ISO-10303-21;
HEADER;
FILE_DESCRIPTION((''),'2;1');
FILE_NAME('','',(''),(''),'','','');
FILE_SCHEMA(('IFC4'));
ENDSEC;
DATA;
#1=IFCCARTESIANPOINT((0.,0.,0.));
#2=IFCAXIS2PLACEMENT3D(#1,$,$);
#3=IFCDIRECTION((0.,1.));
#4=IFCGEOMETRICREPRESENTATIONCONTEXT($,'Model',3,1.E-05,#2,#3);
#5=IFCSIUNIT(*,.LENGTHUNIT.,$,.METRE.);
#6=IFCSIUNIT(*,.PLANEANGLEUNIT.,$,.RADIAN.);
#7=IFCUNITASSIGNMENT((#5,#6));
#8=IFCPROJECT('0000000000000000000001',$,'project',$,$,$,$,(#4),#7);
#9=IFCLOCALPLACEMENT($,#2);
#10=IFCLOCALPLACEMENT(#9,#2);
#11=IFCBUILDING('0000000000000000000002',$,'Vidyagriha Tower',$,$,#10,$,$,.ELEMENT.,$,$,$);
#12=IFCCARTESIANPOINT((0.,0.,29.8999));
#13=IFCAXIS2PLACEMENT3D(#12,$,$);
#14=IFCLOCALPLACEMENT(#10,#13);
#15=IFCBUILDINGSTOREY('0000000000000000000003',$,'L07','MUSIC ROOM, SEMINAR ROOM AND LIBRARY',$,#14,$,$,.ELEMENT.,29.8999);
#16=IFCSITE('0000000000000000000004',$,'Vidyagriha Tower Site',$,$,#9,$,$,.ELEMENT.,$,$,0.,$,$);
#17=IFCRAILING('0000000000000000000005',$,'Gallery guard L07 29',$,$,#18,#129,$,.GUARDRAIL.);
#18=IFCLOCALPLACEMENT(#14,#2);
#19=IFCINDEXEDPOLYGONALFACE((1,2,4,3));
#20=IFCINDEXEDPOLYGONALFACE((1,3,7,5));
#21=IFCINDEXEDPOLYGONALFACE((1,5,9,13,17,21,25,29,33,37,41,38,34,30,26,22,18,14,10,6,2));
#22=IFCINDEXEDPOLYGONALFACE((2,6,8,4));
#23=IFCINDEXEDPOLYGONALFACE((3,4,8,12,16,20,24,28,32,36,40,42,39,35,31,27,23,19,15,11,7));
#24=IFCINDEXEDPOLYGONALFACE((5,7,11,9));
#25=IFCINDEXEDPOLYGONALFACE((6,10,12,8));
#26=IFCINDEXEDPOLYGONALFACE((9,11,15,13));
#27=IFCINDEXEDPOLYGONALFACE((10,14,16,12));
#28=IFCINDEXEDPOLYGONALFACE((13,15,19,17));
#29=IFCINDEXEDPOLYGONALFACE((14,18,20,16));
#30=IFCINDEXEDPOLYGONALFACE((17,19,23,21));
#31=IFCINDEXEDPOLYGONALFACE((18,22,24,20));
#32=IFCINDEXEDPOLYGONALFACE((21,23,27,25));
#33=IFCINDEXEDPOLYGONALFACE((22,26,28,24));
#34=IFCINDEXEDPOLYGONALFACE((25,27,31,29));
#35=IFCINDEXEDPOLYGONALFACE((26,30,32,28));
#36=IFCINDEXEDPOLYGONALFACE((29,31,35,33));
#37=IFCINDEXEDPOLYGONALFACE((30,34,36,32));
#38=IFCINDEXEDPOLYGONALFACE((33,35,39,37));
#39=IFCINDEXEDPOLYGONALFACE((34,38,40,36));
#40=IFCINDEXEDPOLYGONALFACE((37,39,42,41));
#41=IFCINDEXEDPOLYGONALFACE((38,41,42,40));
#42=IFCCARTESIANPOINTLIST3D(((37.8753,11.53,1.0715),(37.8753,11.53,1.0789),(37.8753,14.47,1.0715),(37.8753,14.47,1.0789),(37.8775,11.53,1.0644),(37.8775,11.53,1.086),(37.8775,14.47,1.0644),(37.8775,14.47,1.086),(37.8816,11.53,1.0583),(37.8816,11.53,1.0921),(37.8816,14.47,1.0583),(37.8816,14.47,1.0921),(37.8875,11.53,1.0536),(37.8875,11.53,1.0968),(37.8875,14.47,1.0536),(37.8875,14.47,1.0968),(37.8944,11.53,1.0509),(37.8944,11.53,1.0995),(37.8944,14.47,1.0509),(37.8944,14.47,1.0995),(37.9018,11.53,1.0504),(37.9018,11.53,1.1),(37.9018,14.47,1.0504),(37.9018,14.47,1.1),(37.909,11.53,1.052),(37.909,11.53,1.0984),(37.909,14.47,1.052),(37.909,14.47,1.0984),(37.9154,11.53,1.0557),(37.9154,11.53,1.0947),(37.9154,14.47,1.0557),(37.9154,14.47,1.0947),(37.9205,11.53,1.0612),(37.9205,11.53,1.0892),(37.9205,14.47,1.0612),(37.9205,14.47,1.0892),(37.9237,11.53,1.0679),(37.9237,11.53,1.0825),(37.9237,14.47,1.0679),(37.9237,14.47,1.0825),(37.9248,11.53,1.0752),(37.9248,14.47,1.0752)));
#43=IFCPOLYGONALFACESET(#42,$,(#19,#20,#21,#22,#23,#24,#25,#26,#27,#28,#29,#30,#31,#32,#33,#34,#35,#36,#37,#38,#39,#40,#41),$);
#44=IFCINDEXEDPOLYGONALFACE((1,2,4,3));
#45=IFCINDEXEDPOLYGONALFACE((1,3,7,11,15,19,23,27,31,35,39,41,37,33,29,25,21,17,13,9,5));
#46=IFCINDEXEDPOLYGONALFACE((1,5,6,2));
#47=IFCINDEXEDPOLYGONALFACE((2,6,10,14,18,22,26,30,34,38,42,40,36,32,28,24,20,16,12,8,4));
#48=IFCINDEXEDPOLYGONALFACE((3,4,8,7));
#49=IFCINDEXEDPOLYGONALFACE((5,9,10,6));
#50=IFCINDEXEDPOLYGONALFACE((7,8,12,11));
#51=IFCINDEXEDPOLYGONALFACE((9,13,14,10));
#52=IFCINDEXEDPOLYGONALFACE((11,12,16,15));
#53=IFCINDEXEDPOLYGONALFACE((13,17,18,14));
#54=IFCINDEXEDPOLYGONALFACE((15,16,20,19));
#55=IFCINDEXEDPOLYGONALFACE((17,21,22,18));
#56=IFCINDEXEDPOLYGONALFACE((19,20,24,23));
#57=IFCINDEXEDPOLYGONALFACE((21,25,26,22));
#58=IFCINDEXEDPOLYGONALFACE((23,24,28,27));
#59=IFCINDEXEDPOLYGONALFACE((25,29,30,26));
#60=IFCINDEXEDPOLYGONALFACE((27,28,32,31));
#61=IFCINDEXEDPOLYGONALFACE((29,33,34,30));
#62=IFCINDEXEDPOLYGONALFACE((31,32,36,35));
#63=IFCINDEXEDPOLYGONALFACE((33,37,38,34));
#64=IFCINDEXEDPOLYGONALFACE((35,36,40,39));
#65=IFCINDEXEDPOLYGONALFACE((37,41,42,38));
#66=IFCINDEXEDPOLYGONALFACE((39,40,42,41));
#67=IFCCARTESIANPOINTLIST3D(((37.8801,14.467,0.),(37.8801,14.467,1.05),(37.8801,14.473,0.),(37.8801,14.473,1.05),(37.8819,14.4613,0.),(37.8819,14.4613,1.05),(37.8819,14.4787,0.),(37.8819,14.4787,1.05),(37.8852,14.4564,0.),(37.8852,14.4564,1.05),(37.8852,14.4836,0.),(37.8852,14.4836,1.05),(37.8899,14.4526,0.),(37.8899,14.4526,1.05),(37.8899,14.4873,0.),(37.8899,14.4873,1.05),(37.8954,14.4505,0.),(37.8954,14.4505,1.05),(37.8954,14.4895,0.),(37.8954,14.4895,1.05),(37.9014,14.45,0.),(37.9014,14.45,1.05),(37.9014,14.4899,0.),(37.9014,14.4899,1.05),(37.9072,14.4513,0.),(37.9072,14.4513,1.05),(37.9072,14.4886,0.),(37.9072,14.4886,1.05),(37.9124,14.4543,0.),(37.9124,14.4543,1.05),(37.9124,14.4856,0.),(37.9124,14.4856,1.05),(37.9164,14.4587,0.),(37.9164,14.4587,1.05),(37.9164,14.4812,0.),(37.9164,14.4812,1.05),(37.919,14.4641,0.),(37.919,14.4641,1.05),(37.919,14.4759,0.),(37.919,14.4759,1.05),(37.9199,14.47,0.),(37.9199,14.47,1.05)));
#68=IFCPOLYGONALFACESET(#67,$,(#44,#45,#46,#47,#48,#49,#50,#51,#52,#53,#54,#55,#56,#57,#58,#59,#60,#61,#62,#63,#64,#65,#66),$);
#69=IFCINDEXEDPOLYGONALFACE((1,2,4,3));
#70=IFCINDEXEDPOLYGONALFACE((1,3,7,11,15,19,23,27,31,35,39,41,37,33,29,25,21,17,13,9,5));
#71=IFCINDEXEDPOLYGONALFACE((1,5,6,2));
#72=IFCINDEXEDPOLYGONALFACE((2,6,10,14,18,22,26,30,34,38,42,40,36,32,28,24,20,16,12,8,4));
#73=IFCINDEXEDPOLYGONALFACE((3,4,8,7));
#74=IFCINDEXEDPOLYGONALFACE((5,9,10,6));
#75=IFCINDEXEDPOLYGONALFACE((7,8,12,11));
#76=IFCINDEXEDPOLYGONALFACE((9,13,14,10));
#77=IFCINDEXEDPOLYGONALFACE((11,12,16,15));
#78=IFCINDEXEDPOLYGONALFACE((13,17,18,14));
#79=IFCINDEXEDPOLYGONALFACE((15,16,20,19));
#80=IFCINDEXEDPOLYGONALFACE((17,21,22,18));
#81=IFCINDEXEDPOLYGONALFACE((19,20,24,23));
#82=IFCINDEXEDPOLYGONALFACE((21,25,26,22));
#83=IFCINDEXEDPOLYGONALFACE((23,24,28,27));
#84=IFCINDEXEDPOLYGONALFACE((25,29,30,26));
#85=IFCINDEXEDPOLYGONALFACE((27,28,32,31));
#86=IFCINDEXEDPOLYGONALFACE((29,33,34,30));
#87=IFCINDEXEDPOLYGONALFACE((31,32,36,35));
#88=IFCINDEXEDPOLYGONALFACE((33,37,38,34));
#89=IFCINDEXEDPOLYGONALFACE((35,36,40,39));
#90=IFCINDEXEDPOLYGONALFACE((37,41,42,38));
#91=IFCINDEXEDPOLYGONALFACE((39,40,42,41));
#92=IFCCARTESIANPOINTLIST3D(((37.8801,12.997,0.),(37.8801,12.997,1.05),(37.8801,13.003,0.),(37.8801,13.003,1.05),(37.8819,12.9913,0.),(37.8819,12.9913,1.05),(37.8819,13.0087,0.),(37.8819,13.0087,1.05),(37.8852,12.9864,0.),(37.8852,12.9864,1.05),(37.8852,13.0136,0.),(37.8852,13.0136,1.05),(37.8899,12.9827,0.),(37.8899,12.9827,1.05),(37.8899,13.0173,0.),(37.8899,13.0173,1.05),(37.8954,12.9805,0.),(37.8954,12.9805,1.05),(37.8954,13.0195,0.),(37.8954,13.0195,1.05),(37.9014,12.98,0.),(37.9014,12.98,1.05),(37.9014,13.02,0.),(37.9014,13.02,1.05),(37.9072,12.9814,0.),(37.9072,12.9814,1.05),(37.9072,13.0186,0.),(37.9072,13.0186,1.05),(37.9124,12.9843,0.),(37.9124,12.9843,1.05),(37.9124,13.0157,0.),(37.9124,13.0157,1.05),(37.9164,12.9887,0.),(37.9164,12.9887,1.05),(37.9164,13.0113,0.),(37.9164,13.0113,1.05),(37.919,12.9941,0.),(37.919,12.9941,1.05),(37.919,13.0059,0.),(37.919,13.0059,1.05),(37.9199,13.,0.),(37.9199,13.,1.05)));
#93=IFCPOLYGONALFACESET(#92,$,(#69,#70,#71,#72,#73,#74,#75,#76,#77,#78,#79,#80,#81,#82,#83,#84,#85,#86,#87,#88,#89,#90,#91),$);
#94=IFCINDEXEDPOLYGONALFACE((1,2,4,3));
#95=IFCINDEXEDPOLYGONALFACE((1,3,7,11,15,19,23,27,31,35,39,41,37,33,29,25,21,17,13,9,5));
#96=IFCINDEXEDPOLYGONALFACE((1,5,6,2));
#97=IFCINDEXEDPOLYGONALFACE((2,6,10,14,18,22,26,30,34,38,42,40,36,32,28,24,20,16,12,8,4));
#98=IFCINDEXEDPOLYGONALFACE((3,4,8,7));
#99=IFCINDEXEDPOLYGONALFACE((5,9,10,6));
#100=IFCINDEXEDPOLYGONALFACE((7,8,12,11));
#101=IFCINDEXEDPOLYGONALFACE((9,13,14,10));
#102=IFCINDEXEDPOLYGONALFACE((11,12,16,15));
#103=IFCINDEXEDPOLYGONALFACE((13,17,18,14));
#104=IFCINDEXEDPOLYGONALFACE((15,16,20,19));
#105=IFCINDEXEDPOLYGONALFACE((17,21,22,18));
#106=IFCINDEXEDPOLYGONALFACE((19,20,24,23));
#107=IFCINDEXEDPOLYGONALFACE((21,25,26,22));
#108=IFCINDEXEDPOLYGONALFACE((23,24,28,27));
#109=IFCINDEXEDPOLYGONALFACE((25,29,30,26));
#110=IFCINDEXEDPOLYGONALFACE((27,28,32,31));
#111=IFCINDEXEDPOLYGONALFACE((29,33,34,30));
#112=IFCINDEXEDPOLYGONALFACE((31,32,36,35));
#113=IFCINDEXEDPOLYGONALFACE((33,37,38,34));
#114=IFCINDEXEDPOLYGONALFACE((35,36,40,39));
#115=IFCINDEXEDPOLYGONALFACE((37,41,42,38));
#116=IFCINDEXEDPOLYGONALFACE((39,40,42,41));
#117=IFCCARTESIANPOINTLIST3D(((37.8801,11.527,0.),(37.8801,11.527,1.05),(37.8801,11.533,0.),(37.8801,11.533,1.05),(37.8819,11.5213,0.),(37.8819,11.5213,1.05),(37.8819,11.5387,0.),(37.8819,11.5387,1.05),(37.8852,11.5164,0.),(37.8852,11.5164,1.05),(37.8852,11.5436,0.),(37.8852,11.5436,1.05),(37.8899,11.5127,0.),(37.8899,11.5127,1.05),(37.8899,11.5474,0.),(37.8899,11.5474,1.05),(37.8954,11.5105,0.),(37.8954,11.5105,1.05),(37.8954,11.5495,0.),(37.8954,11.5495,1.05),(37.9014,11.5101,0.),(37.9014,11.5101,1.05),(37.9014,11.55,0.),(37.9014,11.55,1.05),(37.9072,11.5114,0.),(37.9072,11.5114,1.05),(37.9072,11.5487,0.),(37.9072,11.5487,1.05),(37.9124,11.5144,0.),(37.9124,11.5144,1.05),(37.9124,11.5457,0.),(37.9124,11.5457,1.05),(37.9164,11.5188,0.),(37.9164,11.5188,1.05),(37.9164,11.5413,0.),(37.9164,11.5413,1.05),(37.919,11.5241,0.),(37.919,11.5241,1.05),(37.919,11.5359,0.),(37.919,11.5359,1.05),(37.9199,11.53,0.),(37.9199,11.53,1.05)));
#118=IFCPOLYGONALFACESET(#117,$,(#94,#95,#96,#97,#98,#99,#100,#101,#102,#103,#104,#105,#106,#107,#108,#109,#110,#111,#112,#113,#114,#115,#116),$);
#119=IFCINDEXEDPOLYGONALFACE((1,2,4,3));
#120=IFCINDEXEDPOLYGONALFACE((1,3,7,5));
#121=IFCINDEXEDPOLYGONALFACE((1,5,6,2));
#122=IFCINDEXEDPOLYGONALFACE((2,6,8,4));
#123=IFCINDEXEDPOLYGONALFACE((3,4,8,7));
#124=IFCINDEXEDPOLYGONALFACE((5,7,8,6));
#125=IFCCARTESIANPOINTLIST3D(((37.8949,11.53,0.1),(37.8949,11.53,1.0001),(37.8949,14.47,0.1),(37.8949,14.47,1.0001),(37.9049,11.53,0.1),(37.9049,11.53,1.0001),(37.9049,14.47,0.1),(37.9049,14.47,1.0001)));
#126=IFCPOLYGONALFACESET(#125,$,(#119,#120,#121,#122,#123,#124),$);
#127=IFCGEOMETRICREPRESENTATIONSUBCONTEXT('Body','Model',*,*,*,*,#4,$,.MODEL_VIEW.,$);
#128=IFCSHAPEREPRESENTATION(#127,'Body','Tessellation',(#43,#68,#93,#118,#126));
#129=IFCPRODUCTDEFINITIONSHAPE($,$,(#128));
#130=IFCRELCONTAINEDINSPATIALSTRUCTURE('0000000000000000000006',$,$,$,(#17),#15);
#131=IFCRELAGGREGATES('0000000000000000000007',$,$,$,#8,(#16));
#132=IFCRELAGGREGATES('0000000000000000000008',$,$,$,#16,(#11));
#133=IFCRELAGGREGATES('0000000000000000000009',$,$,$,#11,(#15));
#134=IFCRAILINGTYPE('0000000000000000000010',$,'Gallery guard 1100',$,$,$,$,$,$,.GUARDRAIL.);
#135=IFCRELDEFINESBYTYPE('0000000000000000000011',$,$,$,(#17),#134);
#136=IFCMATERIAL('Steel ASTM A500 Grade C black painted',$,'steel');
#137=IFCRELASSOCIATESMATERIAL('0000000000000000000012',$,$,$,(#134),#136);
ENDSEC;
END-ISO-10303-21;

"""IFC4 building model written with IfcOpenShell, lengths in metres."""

from ifc_helpers import new_model, si_unit, direction, frame, origin, origin_2d, place, context, subcontext, project, spatial, rectangle, circle, extrude, material, type_object, element, save


model = new_model("IFC4")

# Units and contexts
model_context = context("Model", 3, precision=1e-05, world=origin(), true_north=direction((0.0, 1.0)))
body_context = subcontext(model_context, "Body", "Model", "MODEL_VIEW")
ifc_project = project(units=[si_unit("LENGTHUNIT", "METRE"), si_unit("PLANEANGLEUNIT", "RADIAN")], contexts=[model_context])

# Site, building, storey
site_placement = place(None, origin())
site = spatial("IfcSite", under=ifc_project, at=site_placement, Name="Vidyagriha Tower Site", CompositionType="ELEMENT", RefElevation=0.0)
building_placement = place(site_placement, origin())
building = spatial("IfcBuilding", under=site, at=building_placement, Name="Vidyagriha Tower", CompositionType="ELEMENT")
storey_placement = place(building_placement, frame((0.0, 0.0, 29.8999)))
storey = spatial("IfcBuildingStorey", under=building, at=storey_placement, Name="L07", Description="MUSIC ROOM, SEMINAR ROOM AND LIBRARY", CompositionType="ELEMENT", Elevation=29.8999)

# Railing
ifc_material_1 = material(Name="Steel ASTM A500 Grade C black painted", Category="steel")
railing_type = type_object("IfcRailingType", Name="Gallery guard 1100", PredefinedType="GUARDRAIL", material=ifc_material_1)
railing_1_placement = place(storey_placement, frame((37.8999, 14.47, 0.0)))
element("IfcRailing", 1, at=railing_1_placement, inside=storey, type_object=railing_type, Name="Gallery guard L07 29", PredefinedType="GUARDRAIL", context=body_context, shape_type="SweptSolid", body=[
    extrude(circle(Radius=0.0249, at=origin_2d()), frame((0.0, 0.0, 1.0752), z_axis=(0.0, -1.0, 0.0), x_axis=(1.0, 0.0, 0.0)), (0.0, 0.0, 1.0), 2.9399),
    extrude(circle(Radius=0.02, at=origin_2d()), origin(), (0.0, 0.0, 1.0), 1.05),
    extrude(circle(Radius=0.02, at=origin_2d()), frame((0.0, -1.47, 0.0)), (0.0, 0.0, 1.0), 1.05),
    extrude(circle(Radius=0.02, at=origin_2d()), frame((0.0, -2.9399, 0.0)), (0.0, 0.0, 1.0), 1.05),
    extrude(rectangle(XDim=0.01, YDim=0.9001, at=origin_2d()), frame((0.0, 0.0, 0.55), z_axis=(0.0, -1.0, 0.0), x_axis=(1.0, 0.0, 0.0)), (0.0, 0.0, 1.0), 2.9399),
])

save(model, "model.ifc")
